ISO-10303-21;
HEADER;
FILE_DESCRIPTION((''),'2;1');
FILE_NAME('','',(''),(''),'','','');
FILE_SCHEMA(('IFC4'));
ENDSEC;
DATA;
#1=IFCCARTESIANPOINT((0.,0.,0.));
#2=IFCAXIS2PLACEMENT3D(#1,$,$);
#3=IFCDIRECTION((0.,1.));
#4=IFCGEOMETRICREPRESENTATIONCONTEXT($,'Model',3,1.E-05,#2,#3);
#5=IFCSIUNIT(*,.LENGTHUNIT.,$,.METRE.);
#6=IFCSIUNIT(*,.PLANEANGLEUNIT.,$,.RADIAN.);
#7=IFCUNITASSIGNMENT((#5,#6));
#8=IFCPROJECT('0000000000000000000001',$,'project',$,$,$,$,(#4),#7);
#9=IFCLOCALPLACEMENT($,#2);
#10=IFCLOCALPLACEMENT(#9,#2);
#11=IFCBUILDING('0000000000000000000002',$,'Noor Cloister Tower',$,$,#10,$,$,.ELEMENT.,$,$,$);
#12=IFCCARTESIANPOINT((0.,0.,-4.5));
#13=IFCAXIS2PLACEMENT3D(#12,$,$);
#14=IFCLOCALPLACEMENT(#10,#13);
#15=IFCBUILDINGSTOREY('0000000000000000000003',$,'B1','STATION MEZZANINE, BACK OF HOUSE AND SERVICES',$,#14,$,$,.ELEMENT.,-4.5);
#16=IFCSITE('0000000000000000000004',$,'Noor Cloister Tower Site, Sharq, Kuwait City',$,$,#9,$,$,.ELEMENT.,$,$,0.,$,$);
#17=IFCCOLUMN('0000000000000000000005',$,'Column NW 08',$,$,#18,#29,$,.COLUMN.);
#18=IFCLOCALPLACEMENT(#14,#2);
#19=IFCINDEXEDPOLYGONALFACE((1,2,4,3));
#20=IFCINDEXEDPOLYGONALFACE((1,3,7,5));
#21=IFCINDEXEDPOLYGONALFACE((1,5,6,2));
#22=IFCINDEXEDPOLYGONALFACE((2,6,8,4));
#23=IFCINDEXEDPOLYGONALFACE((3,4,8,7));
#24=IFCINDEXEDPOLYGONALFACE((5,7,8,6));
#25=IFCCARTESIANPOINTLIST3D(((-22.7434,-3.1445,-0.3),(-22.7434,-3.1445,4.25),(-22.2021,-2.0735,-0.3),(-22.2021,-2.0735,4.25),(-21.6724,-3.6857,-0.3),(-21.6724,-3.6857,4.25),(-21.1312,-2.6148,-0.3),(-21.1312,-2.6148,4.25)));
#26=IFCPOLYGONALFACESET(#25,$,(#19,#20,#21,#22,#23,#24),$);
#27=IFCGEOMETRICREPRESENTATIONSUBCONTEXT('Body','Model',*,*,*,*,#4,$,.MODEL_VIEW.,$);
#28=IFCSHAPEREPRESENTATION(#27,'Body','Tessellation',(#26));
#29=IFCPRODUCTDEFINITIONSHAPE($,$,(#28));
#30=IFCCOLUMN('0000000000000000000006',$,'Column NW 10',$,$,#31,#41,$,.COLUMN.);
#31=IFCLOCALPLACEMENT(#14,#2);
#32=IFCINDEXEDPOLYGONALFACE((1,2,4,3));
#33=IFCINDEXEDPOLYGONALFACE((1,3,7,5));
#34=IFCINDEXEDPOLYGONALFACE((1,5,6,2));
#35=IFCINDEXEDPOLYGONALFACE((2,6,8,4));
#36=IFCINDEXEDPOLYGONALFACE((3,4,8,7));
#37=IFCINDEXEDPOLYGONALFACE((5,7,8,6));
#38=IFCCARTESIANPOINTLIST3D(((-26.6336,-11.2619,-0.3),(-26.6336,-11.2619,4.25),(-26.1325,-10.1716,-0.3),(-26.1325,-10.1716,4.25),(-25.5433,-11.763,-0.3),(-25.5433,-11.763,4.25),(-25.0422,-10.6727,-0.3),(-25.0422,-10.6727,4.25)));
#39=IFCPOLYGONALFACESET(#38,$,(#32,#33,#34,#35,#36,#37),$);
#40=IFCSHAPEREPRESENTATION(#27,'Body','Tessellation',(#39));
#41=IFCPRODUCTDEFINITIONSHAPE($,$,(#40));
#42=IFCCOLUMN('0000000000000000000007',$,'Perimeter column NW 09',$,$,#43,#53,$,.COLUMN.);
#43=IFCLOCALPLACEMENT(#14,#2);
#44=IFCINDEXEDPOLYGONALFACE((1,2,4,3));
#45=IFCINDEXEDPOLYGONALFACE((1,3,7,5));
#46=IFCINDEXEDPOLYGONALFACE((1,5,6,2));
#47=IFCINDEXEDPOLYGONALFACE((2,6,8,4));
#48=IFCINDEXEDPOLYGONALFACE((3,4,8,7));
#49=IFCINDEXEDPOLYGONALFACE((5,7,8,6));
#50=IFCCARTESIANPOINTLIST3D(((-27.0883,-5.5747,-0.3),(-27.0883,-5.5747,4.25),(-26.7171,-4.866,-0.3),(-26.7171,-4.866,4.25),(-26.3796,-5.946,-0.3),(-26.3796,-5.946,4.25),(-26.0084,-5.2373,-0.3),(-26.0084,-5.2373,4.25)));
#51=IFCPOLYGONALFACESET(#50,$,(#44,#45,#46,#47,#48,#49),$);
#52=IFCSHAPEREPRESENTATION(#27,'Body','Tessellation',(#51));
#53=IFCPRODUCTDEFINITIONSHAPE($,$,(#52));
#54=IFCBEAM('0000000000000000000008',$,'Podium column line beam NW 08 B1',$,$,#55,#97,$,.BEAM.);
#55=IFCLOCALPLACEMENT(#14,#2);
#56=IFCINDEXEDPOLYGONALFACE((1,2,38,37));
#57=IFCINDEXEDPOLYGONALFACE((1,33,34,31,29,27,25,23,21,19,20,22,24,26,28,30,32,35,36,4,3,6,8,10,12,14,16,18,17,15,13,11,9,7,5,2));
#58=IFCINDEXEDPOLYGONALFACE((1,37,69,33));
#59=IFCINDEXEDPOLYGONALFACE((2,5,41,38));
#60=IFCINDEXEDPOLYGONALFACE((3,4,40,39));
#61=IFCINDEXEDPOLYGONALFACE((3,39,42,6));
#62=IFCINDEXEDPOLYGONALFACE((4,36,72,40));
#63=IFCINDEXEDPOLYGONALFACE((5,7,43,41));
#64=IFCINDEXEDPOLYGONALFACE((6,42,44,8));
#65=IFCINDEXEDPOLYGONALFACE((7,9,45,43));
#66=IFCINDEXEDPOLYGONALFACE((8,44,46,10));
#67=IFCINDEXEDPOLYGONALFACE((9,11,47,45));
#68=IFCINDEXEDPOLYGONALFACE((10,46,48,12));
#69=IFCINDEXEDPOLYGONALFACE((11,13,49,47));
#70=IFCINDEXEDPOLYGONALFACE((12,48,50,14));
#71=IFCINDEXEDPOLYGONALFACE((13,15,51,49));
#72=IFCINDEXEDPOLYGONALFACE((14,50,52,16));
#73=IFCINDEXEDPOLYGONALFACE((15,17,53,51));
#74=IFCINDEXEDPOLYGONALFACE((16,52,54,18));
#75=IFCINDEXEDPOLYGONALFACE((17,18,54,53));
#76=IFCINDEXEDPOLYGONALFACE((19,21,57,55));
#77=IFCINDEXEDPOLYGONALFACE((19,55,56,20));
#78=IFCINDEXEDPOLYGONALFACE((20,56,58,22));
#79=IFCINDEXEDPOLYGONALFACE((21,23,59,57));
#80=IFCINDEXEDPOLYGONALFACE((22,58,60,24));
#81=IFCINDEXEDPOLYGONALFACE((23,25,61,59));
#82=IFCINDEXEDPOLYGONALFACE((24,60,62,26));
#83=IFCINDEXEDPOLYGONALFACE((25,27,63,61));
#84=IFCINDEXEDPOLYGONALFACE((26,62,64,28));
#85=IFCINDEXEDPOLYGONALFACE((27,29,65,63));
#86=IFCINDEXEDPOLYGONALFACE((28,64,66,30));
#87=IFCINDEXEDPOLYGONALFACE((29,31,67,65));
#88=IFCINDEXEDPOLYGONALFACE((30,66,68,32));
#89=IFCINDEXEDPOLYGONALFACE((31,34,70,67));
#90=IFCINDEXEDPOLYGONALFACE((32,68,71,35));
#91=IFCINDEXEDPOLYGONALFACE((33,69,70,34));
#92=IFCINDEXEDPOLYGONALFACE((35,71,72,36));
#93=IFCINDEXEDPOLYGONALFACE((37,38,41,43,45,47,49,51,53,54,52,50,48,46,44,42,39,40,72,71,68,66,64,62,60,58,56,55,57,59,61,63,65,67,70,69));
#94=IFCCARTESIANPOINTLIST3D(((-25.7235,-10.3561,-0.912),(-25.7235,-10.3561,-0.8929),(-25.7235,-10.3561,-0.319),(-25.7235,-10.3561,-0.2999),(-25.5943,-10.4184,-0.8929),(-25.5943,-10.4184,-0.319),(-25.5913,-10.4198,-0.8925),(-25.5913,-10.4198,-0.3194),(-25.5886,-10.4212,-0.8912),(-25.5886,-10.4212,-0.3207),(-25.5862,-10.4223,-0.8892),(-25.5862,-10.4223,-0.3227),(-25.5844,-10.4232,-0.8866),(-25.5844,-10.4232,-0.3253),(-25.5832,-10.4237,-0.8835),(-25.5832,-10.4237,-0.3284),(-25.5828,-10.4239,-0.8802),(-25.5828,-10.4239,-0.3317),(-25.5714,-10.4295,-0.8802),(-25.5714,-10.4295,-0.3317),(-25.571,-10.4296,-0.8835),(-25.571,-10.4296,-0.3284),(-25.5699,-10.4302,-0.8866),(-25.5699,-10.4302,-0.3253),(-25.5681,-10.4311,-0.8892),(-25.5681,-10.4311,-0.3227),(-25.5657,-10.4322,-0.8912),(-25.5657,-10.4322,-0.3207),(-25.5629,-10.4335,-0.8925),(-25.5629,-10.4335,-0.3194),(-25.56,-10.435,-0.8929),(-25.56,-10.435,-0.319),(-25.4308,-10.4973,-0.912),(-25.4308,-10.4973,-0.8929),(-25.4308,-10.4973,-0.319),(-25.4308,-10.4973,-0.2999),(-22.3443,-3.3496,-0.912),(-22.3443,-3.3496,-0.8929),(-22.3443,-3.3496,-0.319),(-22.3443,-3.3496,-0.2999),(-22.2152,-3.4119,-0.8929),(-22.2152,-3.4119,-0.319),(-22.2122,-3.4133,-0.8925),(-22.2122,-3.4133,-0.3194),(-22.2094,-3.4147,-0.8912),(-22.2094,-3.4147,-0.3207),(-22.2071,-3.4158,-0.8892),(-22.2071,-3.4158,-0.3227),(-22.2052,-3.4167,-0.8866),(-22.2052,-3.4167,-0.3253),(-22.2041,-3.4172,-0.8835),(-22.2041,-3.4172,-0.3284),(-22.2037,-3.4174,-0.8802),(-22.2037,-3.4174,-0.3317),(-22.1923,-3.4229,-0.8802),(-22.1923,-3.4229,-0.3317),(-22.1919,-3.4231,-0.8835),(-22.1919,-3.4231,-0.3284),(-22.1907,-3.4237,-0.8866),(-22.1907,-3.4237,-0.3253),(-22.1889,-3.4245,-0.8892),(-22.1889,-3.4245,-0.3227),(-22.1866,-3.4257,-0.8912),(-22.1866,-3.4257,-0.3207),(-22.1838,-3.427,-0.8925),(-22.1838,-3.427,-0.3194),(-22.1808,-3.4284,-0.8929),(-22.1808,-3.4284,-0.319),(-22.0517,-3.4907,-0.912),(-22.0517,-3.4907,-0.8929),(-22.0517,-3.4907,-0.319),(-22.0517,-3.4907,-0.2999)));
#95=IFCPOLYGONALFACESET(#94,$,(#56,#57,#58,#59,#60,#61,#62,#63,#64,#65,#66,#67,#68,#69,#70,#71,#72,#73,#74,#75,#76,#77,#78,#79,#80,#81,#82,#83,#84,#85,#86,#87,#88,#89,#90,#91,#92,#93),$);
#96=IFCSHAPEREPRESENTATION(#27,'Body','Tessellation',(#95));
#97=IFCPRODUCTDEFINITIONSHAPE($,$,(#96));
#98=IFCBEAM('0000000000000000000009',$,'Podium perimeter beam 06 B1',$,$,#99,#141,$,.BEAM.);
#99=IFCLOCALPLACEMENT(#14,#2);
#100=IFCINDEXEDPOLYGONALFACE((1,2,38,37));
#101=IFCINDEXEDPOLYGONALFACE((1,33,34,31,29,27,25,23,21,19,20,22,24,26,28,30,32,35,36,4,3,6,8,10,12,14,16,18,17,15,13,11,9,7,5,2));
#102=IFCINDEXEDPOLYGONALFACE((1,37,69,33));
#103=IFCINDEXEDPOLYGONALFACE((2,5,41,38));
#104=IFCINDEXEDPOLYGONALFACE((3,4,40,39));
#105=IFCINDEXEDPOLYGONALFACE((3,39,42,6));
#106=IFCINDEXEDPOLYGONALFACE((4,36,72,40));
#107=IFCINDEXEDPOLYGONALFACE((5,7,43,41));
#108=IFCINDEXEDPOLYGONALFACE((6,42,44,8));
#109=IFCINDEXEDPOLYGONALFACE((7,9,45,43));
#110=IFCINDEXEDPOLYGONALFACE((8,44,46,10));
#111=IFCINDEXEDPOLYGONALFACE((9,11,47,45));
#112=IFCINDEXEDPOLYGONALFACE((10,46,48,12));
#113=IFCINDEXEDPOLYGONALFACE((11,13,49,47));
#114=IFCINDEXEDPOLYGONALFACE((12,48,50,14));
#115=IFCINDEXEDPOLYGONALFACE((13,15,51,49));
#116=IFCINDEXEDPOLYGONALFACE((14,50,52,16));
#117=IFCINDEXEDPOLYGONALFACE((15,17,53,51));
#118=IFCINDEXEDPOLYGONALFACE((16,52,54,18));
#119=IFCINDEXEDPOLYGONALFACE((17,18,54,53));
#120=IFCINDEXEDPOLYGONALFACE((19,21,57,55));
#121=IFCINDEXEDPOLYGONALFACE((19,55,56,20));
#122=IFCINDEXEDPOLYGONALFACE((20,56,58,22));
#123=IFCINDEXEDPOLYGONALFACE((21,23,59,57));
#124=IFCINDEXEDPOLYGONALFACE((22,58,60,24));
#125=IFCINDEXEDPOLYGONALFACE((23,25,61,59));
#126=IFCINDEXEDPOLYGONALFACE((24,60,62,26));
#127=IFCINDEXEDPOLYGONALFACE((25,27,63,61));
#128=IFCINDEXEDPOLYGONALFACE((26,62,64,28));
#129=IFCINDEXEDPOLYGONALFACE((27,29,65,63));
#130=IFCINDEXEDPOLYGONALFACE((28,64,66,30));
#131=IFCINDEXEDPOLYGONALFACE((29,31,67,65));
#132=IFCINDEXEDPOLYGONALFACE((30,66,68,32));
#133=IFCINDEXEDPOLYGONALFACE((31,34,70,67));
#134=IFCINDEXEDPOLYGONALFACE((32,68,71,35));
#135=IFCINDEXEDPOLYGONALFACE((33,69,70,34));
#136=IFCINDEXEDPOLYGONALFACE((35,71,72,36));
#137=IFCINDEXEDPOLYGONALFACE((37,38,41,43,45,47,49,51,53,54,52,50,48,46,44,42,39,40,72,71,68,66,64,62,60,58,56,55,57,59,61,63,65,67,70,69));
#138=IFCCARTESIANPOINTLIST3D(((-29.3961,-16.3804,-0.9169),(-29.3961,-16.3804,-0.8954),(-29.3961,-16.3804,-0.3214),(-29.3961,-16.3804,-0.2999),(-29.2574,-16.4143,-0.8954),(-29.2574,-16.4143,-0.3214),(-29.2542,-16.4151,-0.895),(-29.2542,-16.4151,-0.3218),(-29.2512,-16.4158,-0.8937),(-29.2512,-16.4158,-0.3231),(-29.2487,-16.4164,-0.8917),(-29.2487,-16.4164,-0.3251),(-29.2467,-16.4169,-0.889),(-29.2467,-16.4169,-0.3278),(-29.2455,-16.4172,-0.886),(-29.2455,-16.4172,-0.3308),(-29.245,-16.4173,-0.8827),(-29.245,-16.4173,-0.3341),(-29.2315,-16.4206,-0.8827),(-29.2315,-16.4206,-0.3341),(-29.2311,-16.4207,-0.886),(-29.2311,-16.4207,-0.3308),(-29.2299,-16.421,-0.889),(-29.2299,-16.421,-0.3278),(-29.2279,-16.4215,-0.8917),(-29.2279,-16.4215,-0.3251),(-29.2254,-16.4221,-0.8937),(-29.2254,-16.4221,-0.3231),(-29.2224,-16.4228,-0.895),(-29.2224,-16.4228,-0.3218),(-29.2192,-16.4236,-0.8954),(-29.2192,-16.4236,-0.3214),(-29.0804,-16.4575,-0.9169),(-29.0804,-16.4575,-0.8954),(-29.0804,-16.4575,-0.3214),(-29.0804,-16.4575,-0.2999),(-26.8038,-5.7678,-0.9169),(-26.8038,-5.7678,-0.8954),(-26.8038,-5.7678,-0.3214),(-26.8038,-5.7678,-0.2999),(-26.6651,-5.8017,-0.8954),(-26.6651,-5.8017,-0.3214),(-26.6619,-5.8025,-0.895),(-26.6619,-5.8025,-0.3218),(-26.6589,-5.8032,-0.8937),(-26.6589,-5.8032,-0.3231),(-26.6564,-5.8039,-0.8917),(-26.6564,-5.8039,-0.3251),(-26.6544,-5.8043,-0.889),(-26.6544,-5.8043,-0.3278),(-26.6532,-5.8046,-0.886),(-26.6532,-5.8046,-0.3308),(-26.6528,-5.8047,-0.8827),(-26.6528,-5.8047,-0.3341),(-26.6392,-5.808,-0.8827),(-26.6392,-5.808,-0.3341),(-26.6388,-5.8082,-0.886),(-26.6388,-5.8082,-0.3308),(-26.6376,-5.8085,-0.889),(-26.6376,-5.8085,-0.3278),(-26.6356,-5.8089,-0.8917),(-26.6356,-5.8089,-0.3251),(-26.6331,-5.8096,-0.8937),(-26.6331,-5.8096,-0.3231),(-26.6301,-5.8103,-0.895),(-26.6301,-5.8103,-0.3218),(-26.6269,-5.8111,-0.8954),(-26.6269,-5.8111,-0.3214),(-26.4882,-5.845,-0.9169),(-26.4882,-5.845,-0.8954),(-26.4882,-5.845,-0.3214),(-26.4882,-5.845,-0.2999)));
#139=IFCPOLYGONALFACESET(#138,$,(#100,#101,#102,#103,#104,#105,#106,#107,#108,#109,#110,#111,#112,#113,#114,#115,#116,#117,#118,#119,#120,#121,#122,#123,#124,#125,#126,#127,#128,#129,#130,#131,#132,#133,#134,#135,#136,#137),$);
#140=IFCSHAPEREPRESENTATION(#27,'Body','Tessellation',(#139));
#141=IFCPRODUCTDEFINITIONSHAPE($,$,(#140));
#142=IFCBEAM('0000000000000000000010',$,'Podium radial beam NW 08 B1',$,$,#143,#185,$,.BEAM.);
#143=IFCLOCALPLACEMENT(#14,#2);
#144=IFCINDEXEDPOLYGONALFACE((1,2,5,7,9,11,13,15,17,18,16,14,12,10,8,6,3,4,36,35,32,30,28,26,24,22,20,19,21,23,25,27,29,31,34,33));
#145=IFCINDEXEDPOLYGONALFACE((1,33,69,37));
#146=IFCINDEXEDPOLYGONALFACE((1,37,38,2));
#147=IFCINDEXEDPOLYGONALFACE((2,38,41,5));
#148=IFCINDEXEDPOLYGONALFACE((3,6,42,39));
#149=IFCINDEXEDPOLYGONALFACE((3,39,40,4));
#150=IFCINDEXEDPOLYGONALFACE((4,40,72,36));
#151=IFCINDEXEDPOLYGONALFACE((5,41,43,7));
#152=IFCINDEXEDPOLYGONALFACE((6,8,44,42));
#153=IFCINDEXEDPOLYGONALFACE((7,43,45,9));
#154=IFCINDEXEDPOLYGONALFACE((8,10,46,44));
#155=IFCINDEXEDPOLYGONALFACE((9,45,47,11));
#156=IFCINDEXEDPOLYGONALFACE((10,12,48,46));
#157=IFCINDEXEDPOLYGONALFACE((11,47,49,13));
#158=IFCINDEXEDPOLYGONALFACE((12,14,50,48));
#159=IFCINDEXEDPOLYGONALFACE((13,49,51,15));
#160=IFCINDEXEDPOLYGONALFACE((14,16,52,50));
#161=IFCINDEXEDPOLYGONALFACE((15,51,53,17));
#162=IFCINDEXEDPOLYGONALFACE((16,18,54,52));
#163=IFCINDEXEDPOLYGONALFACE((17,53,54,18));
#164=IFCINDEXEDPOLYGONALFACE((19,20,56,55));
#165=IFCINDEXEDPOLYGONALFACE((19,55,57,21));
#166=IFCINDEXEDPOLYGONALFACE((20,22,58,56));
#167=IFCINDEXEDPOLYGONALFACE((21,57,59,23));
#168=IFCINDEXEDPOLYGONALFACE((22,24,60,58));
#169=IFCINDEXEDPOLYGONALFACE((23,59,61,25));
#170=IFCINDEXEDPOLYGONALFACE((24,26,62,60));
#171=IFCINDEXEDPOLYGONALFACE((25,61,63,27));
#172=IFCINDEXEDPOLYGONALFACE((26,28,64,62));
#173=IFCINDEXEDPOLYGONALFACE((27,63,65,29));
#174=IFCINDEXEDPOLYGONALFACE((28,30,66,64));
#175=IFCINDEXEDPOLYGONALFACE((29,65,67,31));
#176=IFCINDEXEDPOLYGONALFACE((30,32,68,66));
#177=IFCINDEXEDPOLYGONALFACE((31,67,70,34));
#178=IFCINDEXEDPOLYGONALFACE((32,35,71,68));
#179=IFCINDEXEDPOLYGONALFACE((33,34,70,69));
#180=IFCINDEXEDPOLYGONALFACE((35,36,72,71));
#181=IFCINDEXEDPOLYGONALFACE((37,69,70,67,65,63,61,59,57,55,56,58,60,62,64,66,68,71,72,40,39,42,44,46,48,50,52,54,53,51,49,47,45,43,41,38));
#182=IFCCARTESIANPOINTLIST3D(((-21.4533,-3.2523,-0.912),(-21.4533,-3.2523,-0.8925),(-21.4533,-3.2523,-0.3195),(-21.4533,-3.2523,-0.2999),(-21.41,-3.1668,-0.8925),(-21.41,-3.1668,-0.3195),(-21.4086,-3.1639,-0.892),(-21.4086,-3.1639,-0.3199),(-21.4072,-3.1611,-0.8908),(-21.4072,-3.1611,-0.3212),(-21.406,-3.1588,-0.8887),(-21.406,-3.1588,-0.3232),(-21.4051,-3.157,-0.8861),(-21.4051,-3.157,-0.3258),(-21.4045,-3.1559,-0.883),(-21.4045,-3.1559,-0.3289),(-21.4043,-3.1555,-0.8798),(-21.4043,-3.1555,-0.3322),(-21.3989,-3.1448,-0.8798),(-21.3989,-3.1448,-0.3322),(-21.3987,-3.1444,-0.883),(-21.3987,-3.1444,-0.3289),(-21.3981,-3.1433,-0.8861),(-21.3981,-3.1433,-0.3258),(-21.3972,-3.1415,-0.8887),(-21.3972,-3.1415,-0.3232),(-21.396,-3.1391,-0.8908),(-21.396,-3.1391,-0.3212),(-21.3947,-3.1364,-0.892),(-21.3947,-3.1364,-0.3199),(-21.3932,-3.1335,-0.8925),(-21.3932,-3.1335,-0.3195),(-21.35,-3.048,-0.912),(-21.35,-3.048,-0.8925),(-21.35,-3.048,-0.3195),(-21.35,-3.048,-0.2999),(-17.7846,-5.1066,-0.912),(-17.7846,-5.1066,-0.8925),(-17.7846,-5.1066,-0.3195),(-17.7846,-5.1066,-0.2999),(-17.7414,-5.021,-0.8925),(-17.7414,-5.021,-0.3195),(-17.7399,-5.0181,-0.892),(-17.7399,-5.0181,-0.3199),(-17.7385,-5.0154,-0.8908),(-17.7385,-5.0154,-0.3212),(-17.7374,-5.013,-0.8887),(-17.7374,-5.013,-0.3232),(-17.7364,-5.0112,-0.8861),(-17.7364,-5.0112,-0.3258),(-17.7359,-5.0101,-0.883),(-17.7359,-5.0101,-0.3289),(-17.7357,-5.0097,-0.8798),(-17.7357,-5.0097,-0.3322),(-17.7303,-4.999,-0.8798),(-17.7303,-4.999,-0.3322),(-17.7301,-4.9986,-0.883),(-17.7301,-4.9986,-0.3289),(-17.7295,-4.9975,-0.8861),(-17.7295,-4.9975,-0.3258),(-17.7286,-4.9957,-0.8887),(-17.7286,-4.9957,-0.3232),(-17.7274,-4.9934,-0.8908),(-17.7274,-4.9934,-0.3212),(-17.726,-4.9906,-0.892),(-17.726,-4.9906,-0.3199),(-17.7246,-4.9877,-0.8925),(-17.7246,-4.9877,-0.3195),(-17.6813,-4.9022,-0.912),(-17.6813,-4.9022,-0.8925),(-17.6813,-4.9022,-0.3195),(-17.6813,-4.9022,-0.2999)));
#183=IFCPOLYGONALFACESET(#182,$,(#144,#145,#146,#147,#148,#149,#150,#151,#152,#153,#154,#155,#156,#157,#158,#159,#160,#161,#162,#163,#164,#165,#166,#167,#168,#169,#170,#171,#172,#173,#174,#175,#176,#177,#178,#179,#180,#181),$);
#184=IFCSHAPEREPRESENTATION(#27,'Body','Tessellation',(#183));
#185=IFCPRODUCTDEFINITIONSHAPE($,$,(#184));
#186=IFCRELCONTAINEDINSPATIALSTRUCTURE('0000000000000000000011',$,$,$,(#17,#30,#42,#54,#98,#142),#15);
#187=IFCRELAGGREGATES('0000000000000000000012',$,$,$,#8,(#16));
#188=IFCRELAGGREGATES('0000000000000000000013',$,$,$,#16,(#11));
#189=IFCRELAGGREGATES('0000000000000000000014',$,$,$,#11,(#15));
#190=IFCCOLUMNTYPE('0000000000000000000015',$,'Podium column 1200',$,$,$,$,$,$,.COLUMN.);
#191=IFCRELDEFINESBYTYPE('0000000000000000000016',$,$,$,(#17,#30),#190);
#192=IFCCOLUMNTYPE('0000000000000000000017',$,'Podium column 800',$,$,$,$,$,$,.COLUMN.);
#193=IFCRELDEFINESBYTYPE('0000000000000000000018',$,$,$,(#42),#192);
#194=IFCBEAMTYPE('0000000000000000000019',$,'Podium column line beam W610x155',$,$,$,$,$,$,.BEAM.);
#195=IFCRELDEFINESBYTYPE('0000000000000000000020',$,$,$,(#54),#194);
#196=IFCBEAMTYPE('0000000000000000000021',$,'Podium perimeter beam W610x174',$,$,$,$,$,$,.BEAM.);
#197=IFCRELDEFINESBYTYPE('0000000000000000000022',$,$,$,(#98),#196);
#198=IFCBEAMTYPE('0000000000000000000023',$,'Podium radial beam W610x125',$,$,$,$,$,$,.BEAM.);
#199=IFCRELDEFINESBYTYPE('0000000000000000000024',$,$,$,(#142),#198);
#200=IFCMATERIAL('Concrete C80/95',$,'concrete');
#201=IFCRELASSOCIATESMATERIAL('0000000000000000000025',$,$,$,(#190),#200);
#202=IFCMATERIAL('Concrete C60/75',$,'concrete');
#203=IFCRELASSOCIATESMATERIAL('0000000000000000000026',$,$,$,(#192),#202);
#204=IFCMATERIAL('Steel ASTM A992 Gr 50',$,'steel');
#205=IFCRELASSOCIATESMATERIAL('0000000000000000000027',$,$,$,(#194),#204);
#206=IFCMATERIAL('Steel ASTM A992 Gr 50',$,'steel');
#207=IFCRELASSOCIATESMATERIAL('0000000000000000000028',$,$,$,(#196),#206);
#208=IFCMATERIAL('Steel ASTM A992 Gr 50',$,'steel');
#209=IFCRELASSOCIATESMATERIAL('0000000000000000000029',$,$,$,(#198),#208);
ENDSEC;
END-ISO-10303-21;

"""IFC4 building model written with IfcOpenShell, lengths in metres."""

from ifc_helpers import new_model, si_unit, direction, frame, origin, origin_2d, place, context, subcontext, project, spatial, rectangle, i_section, extrude, material, material_profile, profile_set, type_object, element, save


model = new_model("IFC4")

# Units and contexts
model_context = context("Model", 3, precision=1e-05, world=origin(), true_north=direction((0.0, 1.0)))
body_context = subcontext(model_context, "Body", "Model", "MODEL_VIEW")
ifc_project = project(units=[si_unit("LENGTHUNIT", "METRE"), si_unit("PLANEANGLEUNIT", "RADIAN")], contexts=[model_context])

# Site, building, storey
site_placement = place(None, origin())
site = spatial("IfcSite", under=ifc_project, at=site_placement, Name="Noor Cloister Tower Site, Sharq, Kuwait City", CompositionType="ELEMENT", RefElevation=0.0)
building_placement = place(site_placement, origin())
building = spatial("IfcBuilding", under=site, at=building_placement, Name="Noor Cloister Tower", CompositionType="ELEMENT")
storey_placement = place(building_placement, frame((0.0, 0.0, -4.5)))
storey = spatial("IfcBuildingStorey", under=building, at=storey_placement, Name="B1", Description="STATION MEZZANINE, BACK OF HOUSE AND SERVICES", CompositionType="ELEMENT", Elevation=-4.5)

# Columns
ifc_material_1 = material(Name="Concrete C80/95", Category="concrete")
ifc_material_profile_1 = material_profile(ifc_material_1, rectangle(XDim=1.2, YDim=1.2, at=origin_2d()), Name="Podium column 1200")
ifc_profile_set_1 = profile_set([ifc_material_profile_1], Name="Concrete C80/95")
column_type_1 = type_object("IfcColumnType", Name="Podium column 1200", PredefinedType="COLUMN", material=ifc_profile_set_1)
for number, where, z_axis, x_axis, name in (
    (1, (-21.9373, -2.8796, -0.3), (0.0, 0.0, 1.0), (-0.892501, 0.451046, 0.0), "Column NW 08"),
    (2, (-25.8379, -10.9673, -0.3), (0.0, 0.0, 1.0), (-0.90862, 0.417624, 0.0), "Column NW 10"),
):
    element("IfcColumn", number, at=place(storey_placement, frame(where, z_axis=z_axis, x_axis=x_axis)), inside=storey, type_object=column_type_1, Name=name, PredefinedType="COLUMN", context=body_context, shape_type="SweptSolid", body=[
        extrude(rectangle(XDim=1.2, YDim=1.2, at=origin_2d()), origin(), (0.0, 0.0, 1.0), 4.55),
    ])
ifc_material_2 = material(Name="Concrete C60/75", Category="concrete")
ifc_material_profile_2 = material_profile(ifc_material_2, rectangle(XDim=0.8, YDim=0.8, at=origin_2d()), Name="Podium column 800")
ifc_profile_set_2 = profile_set([ifc_material_profile_2], Name="Concrete C60/75")
column_type_2 = type_object("IfcColumnType", Name="Podium column 800", PredefinedType="COLUMN", material=ifc_profile_set_2)
column_placement = place(storey_placement, frame((-26.5483, -5.406, -0.3), z_axis=(0.0, 0.0, 1.0), x_axis=(-0.885828, 0.464014, 0.0)))
element("IfcColumn", 3, at=column_placement, inside=storey, type_object=column_type_2, Name="Perimeter column NW 09", PredefinedType="COLUMN", context=body_context, shape_type="SweptSolid", body=[
    extrude(rectangle(XDim=0.8, YDim=0.8, at=origin_2d()), origin(), (0.0, 0.0, 1.0), 4.55),
])

# Beams
ifc_material_3 = material(Name="Steel ASTM A992 Gr 50", Category="steel")
ifc_material_profile_3 = material_profile(ifc_material_3, i_section(OverallWidth=0.325, OverallDepth=0.6121, WebThickness=0.0127, FlangeThickness=0.019, FilletRadius=0.0127, at=origin_2d()), Name="W610x155")
ifc_profile_set_3 = profile_set([ifc_material_profile_3], Name="Steel ASTM A992 Gr 50")
beam_type_1 = type_object("IfcBeamType", Name="Podium column line beam W610x155", PredefinedType="BEAM", material=ifc_profile_set_3)
beam_1_placement = place(storey_placement, frame((-22.198, -3.4202, -0.606), z_axis=(-0.434401, -0.90072, 0.0), x_axis=(0.90072, -0.434401, 0.0)))
element("IfcBeam", 4, at=beam_1_placement, inside=storey, type_object=beam_type_1, Name="Podium column line beam NW 08 B1", PredefinedType="BEAM", context=body_context, shape_type="SweptSolid", body=[
    extrude(i_section(OverallWidth=0.325, OverallDepth=0.6121, WebThickness=0.0127, FlangeThickness=0.019, FilletRadius=0.0127, at=origin_2d()), origin(), (0.0, 0.0, 1.0), 7.7788),
])
ifc_material_4 = material(Name="Steel ASTM A992 Gr 50", Category="steel")
ifc_material_profile_4 = material_profile(ifc_material_4, i_section(OverallWidth=0.325, OverallDepth=0.6169, WebThickness=0.0139, FlangeThickness=0.0215, FilletRadius=0.0127, at=origin_2d()), Name="W610x174")
ifc_profile_set_4 = profile_set([ifc_material_profile_4], Name="Steel ASTM A992 Gr 50")
beam_type_2 = type_object("IfcBeamType", Name="Podium perimeter beam W610x174", PredefinedType="BEAM", material=ifc_profile_set_4)
beam_2_placement = place(storey_placement, frame((-26.646, -5.8064, -0.6084), z_axis=(-0.23729, -0.971439, 0.0), x_axis=(0.971439, -0.23729, 0.0)))
element("IfcBeam", 5, at=beam_2_placement, inside=storey, type_object=beam_type_2, Name="Podium perimeter beam 06 B1", PredefinedType="BEAM", context=body_context, shape_type="SweptSolid", body=[
    extrude(i_section(OverallWidth=0.325, OverallDepth=0.6169, WebThickness=0.0139, FlangeThickness=0.0215, FilletRadius=0.0127, at=origin_2d()), origin(), (0.0, 0.0, 1.0), 10.9246),
])
ifc_material_5 = material(Name="Steel ASTM A992 Gr 50", Category="steel")
ifc_material_profile_5 = material_profile(ifc_material_5, i_section(OverallWidth=0.229, OverallDepth=0.6121, WebThickness=0.012, FlangeThickness=0.0195, FilletRadius=0.0127, at=origin_2d()), Name="W610x125")
ifc_profile_set_5 = profile_set([ifc_material_profile_5], Name="Steel ASTM A992 Gr 50")
beam_type_3 = type_object("IfcBeamType", Name="Podium radial beam W610x125", PredefinedType="BEAM", material=ifc_profile_set_5)
beam_3_placement = place(storey_placement, frame((-21.4016, -3.1501, -0.606), z_axis=(0.892483, -0.451082, 0.0), x_axis=(0.451082, 0.892483, 0.0)))
element("IfcBeam", 6, at=beam_3_placement, inside=storey, type_object=beam_type_3, Name="Podium radial beam NW 08 B1", PredefinedType="BEAM", context=body_context, shape_type="SweptSolid", body=[
    extrude(i_section(OverallWidth=0.229, OverallDepth=0.6121, WebThickness=0.012, FlangeThickness=0.0195, FilletRadius=0.0127, at=origin_2d()), origin(), (0.0, 0.0, 1.0), 4.1106),
])

save(model, "model.ifc")
